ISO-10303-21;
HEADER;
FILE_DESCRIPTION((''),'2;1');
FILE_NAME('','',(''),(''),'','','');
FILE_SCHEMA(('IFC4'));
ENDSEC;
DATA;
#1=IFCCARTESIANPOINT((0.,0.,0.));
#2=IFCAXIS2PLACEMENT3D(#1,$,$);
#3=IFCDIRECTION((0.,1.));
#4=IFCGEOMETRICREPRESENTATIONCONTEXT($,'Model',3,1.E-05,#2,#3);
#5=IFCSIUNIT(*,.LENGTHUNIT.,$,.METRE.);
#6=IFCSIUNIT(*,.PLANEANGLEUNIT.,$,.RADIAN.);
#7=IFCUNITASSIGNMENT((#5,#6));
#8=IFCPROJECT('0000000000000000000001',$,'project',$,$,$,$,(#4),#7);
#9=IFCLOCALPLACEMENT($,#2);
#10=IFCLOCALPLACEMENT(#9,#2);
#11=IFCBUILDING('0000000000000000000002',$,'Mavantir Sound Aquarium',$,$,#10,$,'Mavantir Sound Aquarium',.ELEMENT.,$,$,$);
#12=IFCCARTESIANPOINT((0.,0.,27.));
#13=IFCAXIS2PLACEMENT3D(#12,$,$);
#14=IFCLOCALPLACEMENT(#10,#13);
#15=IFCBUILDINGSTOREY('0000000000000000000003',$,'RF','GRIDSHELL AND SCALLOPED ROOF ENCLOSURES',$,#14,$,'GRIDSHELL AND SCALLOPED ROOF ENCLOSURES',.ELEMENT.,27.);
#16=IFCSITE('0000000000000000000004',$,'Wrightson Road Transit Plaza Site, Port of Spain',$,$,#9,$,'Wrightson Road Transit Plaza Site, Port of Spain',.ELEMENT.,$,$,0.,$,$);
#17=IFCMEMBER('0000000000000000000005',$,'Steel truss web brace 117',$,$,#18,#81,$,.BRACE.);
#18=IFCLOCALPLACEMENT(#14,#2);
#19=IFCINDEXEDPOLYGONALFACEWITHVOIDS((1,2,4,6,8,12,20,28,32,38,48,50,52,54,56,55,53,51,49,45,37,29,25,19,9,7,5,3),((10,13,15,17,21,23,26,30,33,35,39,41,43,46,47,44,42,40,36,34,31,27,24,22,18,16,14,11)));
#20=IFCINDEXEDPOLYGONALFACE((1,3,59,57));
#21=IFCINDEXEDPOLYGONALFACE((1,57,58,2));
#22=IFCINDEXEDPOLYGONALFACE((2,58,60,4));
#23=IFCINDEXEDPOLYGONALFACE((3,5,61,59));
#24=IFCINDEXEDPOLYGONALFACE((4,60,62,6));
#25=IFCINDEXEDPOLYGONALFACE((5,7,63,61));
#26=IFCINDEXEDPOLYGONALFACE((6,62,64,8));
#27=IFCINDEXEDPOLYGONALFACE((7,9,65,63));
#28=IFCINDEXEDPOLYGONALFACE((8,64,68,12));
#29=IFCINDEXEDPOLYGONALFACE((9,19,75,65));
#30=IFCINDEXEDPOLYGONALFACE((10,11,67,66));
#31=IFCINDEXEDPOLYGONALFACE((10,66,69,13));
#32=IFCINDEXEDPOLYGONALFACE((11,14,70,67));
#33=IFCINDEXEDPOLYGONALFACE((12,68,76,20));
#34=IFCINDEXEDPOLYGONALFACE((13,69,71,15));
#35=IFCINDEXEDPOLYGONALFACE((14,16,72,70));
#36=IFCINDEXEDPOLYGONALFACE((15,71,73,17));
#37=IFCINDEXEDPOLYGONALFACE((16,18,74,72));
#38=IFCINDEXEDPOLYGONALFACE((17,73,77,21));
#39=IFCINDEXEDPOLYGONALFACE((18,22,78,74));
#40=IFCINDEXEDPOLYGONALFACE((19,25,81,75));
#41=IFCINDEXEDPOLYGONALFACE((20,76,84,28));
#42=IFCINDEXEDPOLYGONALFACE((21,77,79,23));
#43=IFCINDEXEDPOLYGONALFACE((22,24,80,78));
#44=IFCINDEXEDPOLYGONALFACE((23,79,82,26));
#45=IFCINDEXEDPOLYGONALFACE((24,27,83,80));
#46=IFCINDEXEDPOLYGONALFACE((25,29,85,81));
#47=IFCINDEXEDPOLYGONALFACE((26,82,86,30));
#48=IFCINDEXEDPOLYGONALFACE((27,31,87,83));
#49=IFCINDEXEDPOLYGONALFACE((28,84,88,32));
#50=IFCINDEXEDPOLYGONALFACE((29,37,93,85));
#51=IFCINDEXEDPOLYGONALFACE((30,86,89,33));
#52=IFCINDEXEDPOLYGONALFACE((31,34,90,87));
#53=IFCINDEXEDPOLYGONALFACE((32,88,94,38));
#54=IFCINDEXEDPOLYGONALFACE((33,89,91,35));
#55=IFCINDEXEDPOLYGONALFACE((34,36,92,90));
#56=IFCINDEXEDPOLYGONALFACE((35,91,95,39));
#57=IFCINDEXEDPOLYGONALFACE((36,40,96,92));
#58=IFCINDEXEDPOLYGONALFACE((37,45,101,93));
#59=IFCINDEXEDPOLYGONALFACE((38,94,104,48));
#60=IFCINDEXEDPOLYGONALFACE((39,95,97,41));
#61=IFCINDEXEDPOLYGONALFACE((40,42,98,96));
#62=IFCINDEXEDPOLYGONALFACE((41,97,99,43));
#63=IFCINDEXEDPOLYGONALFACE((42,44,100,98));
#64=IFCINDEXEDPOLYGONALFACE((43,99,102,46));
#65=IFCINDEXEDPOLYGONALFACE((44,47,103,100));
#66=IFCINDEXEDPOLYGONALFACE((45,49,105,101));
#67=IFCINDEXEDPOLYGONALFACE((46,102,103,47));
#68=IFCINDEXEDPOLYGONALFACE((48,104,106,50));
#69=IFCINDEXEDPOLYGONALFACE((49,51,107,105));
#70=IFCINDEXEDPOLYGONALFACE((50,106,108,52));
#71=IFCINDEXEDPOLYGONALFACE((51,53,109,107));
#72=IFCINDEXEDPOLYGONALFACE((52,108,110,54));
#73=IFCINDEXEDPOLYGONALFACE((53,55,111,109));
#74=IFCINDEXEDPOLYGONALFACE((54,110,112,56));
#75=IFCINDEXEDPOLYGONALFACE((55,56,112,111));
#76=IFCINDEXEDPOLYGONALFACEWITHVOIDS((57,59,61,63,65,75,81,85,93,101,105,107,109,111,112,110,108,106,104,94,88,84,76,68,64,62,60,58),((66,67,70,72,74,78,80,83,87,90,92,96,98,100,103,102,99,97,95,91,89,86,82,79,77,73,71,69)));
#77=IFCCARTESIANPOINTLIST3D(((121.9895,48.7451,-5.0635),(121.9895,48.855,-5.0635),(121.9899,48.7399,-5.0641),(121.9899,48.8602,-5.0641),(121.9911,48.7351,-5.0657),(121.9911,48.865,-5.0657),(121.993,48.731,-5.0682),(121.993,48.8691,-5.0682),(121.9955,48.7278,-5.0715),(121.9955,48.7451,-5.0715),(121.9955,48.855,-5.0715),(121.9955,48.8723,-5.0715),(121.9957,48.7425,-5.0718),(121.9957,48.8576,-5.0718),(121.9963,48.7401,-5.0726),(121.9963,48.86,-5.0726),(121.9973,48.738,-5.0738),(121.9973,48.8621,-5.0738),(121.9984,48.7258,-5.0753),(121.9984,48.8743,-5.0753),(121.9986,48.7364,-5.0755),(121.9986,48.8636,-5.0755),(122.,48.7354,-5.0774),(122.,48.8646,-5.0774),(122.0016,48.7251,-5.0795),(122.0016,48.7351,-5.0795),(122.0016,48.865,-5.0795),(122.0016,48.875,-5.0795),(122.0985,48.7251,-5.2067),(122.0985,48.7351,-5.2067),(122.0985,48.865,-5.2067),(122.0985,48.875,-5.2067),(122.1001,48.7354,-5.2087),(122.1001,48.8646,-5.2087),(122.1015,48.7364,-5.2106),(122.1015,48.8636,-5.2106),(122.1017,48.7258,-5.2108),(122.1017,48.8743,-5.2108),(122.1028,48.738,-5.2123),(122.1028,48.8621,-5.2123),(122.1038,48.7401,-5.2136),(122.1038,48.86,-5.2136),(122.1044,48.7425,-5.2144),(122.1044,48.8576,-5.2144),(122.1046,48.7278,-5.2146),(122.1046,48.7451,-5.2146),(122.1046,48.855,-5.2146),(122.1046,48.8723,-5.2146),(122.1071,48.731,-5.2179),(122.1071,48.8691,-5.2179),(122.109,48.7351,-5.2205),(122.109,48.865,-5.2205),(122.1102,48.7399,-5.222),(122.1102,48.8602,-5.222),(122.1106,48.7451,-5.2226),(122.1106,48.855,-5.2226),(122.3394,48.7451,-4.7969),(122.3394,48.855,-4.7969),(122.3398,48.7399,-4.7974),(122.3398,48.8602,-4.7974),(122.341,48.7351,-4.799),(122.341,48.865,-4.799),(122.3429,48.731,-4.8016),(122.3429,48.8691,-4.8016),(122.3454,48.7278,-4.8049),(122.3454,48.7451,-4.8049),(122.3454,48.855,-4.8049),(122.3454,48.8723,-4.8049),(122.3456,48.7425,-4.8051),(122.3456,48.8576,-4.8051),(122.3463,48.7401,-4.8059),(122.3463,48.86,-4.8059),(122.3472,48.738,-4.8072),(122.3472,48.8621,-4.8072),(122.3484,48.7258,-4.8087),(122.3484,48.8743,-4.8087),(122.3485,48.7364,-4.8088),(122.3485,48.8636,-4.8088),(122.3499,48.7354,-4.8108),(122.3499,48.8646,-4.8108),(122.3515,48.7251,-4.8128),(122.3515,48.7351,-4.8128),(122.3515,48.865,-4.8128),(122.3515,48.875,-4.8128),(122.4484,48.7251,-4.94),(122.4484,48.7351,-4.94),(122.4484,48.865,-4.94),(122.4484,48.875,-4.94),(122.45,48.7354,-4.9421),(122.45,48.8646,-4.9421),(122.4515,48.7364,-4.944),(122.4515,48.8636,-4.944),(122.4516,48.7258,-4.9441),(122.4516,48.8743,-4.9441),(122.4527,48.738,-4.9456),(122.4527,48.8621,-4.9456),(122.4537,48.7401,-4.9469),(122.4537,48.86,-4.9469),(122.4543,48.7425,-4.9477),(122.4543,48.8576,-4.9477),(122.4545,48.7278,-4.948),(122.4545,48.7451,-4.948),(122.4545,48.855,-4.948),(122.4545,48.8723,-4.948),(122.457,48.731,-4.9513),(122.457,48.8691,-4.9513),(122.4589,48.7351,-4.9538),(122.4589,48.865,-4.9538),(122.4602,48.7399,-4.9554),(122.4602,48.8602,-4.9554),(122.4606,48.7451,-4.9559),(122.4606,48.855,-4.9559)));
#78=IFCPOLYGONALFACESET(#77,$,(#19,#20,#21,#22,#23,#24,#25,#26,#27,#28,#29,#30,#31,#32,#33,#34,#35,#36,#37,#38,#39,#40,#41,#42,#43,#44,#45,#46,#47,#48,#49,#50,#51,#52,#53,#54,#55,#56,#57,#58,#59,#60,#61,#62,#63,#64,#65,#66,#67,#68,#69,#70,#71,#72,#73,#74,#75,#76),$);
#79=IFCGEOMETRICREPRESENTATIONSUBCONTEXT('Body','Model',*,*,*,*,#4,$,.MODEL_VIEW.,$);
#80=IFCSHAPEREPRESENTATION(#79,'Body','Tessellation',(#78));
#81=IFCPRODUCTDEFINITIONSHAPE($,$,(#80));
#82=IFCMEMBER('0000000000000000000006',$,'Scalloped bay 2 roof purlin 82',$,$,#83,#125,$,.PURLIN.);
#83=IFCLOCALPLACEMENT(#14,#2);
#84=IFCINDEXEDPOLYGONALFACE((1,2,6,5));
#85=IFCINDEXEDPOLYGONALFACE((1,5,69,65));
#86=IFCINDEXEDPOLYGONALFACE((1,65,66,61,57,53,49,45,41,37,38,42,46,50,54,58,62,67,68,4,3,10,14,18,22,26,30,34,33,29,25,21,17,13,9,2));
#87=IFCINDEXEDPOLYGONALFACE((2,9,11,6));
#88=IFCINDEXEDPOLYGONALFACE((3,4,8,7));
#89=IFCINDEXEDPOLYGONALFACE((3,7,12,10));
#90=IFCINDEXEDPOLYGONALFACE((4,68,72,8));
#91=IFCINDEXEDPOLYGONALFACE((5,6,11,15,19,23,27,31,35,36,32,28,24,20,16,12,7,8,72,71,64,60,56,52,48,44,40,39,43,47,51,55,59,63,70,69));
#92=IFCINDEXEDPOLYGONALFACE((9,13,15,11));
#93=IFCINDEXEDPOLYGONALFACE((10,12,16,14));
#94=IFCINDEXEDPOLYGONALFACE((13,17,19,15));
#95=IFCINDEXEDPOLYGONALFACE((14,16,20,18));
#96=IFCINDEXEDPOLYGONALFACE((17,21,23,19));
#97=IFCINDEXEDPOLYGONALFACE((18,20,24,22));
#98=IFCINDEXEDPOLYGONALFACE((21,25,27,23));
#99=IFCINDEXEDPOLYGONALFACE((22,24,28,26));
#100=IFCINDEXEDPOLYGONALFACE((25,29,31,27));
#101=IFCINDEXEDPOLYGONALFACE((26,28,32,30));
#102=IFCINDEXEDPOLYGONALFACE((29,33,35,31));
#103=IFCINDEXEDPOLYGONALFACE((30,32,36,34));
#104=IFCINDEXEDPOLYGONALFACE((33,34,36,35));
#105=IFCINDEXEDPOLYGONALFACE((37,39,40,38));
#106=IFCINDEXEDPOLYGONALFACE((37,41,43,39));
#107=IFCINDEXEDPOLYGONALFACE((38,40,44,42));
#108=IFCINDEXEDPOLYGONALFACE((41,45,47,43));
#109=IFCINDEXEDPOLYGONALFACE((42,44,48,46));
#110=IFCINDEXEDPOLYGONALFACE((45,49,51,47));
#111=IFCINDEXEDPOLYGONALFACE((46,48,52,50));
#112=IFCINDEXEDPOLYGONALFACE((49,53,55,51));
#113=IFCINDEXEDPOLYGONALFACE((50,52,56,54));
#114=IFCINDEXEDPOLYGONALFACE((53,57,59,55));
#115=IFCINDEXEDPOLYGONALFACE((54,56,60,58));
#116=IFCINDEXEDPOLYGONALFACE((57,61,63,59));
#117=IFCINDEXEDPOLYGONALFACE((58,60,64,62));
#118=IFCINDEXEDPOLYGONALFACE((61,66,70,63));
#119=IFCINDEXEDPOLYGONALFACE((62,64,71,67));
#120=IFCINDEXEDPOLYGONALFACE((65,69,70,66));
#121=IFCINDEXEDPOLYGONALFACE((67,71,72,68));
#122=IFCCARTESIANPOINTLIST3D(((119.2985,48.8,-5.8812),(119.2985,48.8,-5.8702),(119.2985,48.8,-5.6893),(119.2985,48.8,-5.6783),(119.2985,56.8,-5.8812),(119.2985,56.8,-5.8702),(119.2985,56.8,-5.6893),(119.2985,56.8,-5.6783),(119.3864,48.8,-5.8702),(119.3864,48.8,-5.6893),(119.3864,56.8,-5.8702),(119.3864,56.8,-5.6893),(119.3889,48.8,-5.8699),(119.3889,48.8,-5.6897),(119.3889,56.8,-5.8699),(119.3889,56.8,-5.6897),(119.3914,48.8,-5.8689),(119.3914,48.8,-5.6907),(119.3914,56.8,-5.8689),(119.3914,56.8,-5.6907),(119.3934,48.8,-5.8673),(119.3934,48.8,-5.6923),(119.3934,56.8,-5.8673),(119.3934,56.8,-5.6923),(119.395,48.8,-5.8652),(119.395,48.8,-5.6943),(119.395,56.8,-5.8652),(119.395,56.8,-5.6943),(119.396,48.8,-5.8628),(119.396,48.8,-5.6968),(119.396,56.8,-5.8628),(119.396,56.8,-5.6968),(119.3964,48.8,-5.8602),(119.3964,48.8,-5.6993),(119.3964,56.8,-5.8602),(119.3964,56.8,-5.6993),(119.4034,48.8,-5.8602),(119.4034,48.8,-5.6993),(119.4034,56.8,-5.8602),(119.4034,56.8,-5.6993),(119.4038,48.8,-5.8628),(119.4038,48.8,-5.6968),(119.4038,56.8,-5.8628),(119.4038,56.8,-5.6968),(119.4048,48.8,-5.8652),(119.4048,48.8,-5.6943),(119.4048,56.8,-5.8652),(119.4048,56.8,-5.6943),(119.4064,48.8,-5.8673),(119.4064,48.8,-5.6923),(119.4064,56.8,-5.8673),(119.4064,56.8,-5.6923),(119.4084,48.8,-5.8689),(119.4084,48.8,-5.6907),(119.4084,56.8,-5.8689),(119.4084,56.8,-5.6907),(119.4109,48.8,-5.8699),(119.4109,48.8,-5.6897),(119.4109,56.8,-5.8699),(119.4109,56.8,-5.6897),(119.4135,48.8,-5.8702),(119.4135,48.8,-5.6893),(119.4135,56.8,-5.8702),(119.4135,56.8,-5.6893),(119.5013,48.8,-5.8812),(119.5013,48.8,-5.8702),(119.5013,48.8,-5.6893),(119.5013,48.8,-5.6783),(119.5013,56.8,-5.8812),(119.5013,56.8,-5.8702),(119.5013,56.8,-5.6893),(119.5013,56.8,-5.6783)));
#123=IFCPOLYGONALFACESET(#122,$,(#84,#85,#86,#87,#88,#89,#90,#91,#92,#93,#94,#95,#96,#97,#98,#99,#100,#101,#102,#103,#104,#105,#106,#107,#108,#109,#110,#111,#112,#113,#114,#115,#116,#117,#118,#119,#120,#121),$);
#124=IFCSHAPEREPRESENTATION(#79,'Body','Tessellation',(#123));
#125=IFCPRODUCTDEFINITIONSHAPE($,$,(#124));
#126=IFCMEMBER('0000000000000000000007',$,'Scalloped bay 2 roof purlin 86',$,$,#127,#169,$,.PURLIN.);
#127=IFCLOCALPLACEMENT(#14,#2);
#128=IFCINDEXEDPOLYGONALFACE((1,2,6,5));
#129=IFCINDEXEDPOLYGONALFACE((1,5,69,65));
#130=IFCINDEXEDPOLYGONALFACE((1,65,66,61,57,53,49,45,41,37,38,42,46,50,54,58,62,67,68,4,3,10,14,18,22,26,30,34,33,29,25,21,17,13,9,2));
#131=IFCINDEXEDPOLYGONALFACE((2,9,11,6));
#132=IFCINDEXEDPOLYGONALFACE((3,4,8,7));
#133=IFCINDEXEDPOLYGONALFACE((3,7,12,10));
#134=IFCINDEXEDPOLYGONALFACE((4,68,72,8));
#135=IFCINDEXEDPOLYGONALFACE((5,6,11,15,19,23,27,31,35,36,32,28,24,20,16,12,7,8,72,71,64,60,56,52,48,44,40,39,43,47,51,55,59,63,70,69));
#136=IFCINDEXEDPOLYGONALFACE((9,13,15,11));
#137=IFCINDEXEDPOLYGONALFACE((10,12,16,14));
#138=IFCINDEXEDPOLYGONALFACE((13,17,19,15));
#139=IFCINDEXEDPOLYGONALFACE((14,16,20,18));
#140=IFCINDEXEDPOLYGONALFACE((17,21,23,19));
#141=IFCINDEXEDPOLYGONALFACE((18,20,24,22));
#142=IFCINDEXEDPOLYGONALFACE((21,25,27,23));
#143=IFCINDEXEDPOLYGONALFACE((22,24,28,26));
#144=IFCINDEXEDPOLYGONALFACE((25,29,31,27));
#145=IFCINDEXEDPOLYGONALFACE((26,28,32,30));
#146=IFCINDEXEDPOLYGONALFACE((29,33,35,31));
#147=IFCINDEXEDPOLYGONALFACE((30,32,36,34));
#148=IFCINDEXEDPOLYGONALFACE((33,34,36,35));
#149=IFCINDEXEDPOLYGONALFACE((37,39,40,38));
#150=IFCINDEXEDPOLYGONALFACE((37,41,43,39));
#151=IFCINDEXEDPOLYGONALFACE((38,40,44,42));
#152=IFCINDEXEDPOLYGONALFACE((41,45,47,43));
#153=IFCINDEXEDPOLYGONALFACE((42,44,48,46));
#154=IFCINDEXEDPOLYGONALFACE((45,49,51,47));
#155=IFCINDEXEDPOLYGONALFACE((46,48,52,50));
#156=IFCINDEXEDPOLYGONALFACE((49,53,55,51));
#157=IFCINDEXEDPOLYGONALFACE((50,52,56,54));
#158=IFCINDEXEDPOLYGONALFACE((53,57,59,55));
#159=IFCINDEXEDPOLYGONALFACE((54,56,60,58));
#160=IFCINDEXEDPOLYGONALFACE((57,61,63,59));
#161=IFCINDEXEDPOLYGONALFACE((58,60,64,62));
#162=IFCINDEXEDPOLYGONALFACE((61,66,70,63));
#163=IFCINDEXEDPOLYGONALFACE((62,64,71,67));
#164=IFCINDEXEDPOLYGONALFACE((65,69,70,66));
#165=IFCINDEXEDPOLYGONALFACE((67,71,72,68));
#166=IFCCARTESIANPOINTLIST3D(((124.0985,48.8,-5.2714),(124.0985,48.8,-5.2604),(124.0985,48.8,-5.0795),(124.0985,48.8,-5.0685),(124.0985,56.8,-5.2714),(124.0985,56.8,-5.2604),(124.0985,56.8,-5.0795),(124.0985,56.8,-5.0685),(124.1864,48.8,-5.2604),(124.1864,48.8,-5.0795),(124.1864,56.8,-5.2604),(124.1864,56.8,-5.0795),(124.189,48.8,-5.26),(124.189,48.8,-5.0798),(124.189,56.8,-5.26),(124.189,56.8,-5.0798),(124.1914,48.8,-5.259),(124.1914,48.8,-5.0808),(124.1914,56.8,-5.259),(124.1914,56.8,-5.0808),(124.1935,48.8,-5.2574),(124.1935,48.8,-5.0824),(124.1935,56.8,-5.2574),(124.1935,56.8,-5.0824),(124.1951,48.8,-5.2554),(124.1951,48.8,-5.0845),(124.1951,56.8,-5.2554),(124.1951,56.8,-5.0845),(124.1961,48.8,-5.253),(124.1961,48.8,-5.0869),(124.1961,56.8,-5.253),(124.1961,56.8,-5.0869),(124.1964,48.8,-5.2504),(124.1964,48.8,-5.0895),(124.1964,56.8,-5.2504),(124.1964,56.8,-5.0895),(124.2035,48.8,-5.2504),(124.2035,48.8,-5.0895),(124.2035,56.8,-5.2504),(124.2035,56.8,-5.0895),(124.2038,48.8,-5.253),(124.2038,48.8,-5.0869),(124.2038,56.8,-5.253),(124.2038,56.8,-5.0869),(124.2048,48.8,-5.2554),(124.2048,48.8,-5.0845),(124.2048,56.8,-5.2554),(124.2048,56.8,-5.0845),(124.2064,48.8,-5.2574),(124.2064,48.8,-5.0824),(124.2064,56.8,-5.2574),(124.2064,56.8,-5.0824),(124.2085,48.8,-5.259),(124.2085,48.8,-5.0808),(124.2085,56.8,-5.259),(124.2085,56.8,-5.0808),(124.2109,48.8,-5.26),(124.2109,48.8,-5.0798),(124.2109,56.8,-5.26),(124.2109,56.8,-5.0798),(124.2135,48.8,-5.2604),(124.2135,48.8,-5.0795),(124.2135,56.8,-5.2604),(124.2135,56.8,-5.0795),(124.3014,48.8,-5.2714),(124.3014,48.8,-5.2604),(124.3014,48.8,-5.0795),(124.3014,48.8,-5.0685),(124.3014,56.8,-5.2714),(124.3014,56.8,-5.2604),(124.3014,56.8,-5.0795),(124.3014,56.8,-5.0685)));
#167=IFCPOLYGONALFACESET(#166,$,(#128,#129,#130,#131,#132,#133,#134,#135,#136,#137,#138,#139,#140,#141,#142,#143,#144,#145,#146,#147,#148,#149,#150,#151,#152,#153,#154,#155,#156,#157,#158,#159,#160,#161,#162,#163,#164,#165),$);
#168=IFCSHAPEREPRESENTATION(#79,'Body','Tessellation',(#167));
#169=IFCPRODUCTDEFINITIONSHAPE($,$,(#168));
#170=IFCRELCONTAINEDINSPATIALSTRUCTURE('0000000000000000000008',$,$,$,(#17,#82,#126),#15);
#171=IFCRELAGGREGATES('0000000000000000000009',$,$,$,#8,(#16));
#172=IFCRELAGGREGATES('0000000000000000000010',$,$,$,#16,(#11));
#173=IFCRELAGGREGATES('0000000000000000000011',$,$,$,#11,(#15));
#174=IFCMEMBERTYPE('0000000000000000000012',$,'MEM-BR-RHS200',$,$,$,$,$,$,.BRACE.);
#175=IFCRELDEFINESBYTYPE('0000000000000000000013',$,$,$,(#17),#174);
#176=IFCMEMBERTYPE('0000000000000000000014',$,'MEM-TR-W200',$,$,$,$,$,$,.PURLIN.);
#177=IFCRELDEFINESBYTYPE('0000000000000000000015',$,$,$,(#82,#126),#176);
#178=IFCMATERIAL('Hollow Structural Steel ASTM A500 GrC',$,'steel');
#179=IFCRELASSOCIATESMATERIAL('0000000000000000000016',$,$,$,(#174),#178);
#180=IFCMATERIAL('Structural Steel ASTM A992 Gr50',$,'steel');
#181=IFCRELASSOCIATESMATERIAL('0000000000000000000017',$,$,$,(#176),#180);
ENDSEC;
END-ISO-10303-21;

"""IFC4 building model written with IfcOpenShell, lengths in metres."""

from ifc_helpers import new_model, si_unit, direction, frame, origin, origin_2d, place, context, subcontext, project, spatial, hollow_rectangle, i_section, extrude, material, material_profile, profile_set, type_object, element, save


model = new_model("IFC4")

# Units and contexts
model_context = context("Model", 3, precision=1e-05, world=origin(), true_north=direction((0.0, 1.0)))
body_context = subcontext(model_context, "Body", "Model", "MODEL_VIEW")
ifc_project = project(units=[si_unit("LENGTHUNIT", "METRE"), si_unit("PLANEANGLEUNIT", "RADIAN")], contexts=[model_context])

# Site, building, storey
site_placement = place(None, origin())
site = spatial("IfcSite", under=ifc_project, at=site_placement, Name="Wrightson Road Transit Plaza Site, Port of Spain", LongName="Wrightson Road Transit Plaza Site, Port of Spain", CompositionType="ELEMENT", RefElevation=0.0)
building_placement = place(site_placement, origin())
building = spatial("IfcBuilding", under=site, at=building_placement, Name="Mavantir Sound Aquarium", LongName="Mavantir Sound Aquarium", CompositionType="ELEMENT")
storey_placement = place(building_placement, frame((0.0, 0.0, 27.0)))
storey = spatial("IfcBuildingStorey", under=building, at=storey_placement, Name="RF", Description="GRIDSHELL AND SCALLOPED ROOF ENCLOSURES", LongName="GRIDSHELL AND SCALLOPED ROOF ENCLOSURES", CompositionType="ELEMENT", Elevation=27.0)

# Shared definitions
ifc_material_1 = material(Name="Structural Steel ASTM A992 Gr50", Category="steel")

# Members
ifc_material_2 = material(Name="Hollow Structural Steel ASTM A500 GrC", Category="steel")
ifc_material_profile_1 = material_profile(ifc_material_2, hollow_rectangle(XDim=0.1499, YDim=0.2, WallThickness=0.01, InnerFilletRadius=0.01, OuterFilletRadius=0.02, at=origin_2d()), Name="RHS 200X150X10")
ifc_profile_set_1 = profile_set([ifc_material_profile_1], Name="Hollow Structural Steel ASTM A500 GrC")
member_type_1 = type_object("IfcMemberType", Name="MEM-BR-RHS200", PredefinedType="BRACE", material=ifc_profile_set_1)
member_1_placement = place(storey_placement, frame((122.05, 48.8, -5.1431), z_axis=(0.795381, 0.0, 0.60611), x_axis=(0.0, 1.0, 0.0)))
element("IfcMember", 1, at=member_1_placement, inside=storey, type_object=member_type_1, Name="Steel truss web brace 117", PredefinedType="BRACE", context=body_context, shape_type="SweptSolid", body=[
    extrude(hollow_rectangle(XDim=0.1499, YDim=0.2, WallThickness=0.01, InnerFilletRadius=0.01, OuterFilletRadius=0.02, at=origin_2d()), origin(), (0.0, 0.0, 1.0), 0.4399),
])
ifc_material_profile_2 = material_profile(ifc_material_1, i_section(OverallWidth=0.2029, OverallDepth=0.2029, WebThickness=0.0071, FlangeThickness=0.011, FilletRadius=0.01, at=origin_2d()), Name="W200X46")
ifc_profile_set_2 = profile_set([ifc_material_profile_2], Name="Structural Steel ASTM A992 Gr50")
member_type_2 = type_object("IfcMemberType", Name="MEM-TR-W200", PredefinedType="PURLIN", material=ifc_profile_set_2)
for number, where, z_axis, x_axis, name in (
    (2, (119.3999, 48.8, -5.7798), (0.0, 1.0, 0.0), (-1.0, 0.0, 0.0), "Scalloped bay 2 roof purlin 82"),
    (3, (124.2, 48.8, -5.1699), (0.0, 1.0, 0.0), (-1.0, 0.0, 0.0), "Scalloped bay 2 roof purlin 86"),
):
    element("IfcMember", number, at=place(storey_placement, frame(where, z_axis=z_axis, x_axis=x_axis)), inside=storey, type_object=member_type_2, Name=name, PredefinedType="PURLIN", context=body_context, shape_type="SweptSolid", body=[
        extrude(i_section(OverallWidth=0.2029, OverallDepth=0.2029, WebThickness=0.0071, FlangeThickness=0.011, FilletRadius=0.01, at=origin_2d()), origin(), (0.0, 0.0, 1.0), 8.0),
    ])

save(model, "model.ifc")
